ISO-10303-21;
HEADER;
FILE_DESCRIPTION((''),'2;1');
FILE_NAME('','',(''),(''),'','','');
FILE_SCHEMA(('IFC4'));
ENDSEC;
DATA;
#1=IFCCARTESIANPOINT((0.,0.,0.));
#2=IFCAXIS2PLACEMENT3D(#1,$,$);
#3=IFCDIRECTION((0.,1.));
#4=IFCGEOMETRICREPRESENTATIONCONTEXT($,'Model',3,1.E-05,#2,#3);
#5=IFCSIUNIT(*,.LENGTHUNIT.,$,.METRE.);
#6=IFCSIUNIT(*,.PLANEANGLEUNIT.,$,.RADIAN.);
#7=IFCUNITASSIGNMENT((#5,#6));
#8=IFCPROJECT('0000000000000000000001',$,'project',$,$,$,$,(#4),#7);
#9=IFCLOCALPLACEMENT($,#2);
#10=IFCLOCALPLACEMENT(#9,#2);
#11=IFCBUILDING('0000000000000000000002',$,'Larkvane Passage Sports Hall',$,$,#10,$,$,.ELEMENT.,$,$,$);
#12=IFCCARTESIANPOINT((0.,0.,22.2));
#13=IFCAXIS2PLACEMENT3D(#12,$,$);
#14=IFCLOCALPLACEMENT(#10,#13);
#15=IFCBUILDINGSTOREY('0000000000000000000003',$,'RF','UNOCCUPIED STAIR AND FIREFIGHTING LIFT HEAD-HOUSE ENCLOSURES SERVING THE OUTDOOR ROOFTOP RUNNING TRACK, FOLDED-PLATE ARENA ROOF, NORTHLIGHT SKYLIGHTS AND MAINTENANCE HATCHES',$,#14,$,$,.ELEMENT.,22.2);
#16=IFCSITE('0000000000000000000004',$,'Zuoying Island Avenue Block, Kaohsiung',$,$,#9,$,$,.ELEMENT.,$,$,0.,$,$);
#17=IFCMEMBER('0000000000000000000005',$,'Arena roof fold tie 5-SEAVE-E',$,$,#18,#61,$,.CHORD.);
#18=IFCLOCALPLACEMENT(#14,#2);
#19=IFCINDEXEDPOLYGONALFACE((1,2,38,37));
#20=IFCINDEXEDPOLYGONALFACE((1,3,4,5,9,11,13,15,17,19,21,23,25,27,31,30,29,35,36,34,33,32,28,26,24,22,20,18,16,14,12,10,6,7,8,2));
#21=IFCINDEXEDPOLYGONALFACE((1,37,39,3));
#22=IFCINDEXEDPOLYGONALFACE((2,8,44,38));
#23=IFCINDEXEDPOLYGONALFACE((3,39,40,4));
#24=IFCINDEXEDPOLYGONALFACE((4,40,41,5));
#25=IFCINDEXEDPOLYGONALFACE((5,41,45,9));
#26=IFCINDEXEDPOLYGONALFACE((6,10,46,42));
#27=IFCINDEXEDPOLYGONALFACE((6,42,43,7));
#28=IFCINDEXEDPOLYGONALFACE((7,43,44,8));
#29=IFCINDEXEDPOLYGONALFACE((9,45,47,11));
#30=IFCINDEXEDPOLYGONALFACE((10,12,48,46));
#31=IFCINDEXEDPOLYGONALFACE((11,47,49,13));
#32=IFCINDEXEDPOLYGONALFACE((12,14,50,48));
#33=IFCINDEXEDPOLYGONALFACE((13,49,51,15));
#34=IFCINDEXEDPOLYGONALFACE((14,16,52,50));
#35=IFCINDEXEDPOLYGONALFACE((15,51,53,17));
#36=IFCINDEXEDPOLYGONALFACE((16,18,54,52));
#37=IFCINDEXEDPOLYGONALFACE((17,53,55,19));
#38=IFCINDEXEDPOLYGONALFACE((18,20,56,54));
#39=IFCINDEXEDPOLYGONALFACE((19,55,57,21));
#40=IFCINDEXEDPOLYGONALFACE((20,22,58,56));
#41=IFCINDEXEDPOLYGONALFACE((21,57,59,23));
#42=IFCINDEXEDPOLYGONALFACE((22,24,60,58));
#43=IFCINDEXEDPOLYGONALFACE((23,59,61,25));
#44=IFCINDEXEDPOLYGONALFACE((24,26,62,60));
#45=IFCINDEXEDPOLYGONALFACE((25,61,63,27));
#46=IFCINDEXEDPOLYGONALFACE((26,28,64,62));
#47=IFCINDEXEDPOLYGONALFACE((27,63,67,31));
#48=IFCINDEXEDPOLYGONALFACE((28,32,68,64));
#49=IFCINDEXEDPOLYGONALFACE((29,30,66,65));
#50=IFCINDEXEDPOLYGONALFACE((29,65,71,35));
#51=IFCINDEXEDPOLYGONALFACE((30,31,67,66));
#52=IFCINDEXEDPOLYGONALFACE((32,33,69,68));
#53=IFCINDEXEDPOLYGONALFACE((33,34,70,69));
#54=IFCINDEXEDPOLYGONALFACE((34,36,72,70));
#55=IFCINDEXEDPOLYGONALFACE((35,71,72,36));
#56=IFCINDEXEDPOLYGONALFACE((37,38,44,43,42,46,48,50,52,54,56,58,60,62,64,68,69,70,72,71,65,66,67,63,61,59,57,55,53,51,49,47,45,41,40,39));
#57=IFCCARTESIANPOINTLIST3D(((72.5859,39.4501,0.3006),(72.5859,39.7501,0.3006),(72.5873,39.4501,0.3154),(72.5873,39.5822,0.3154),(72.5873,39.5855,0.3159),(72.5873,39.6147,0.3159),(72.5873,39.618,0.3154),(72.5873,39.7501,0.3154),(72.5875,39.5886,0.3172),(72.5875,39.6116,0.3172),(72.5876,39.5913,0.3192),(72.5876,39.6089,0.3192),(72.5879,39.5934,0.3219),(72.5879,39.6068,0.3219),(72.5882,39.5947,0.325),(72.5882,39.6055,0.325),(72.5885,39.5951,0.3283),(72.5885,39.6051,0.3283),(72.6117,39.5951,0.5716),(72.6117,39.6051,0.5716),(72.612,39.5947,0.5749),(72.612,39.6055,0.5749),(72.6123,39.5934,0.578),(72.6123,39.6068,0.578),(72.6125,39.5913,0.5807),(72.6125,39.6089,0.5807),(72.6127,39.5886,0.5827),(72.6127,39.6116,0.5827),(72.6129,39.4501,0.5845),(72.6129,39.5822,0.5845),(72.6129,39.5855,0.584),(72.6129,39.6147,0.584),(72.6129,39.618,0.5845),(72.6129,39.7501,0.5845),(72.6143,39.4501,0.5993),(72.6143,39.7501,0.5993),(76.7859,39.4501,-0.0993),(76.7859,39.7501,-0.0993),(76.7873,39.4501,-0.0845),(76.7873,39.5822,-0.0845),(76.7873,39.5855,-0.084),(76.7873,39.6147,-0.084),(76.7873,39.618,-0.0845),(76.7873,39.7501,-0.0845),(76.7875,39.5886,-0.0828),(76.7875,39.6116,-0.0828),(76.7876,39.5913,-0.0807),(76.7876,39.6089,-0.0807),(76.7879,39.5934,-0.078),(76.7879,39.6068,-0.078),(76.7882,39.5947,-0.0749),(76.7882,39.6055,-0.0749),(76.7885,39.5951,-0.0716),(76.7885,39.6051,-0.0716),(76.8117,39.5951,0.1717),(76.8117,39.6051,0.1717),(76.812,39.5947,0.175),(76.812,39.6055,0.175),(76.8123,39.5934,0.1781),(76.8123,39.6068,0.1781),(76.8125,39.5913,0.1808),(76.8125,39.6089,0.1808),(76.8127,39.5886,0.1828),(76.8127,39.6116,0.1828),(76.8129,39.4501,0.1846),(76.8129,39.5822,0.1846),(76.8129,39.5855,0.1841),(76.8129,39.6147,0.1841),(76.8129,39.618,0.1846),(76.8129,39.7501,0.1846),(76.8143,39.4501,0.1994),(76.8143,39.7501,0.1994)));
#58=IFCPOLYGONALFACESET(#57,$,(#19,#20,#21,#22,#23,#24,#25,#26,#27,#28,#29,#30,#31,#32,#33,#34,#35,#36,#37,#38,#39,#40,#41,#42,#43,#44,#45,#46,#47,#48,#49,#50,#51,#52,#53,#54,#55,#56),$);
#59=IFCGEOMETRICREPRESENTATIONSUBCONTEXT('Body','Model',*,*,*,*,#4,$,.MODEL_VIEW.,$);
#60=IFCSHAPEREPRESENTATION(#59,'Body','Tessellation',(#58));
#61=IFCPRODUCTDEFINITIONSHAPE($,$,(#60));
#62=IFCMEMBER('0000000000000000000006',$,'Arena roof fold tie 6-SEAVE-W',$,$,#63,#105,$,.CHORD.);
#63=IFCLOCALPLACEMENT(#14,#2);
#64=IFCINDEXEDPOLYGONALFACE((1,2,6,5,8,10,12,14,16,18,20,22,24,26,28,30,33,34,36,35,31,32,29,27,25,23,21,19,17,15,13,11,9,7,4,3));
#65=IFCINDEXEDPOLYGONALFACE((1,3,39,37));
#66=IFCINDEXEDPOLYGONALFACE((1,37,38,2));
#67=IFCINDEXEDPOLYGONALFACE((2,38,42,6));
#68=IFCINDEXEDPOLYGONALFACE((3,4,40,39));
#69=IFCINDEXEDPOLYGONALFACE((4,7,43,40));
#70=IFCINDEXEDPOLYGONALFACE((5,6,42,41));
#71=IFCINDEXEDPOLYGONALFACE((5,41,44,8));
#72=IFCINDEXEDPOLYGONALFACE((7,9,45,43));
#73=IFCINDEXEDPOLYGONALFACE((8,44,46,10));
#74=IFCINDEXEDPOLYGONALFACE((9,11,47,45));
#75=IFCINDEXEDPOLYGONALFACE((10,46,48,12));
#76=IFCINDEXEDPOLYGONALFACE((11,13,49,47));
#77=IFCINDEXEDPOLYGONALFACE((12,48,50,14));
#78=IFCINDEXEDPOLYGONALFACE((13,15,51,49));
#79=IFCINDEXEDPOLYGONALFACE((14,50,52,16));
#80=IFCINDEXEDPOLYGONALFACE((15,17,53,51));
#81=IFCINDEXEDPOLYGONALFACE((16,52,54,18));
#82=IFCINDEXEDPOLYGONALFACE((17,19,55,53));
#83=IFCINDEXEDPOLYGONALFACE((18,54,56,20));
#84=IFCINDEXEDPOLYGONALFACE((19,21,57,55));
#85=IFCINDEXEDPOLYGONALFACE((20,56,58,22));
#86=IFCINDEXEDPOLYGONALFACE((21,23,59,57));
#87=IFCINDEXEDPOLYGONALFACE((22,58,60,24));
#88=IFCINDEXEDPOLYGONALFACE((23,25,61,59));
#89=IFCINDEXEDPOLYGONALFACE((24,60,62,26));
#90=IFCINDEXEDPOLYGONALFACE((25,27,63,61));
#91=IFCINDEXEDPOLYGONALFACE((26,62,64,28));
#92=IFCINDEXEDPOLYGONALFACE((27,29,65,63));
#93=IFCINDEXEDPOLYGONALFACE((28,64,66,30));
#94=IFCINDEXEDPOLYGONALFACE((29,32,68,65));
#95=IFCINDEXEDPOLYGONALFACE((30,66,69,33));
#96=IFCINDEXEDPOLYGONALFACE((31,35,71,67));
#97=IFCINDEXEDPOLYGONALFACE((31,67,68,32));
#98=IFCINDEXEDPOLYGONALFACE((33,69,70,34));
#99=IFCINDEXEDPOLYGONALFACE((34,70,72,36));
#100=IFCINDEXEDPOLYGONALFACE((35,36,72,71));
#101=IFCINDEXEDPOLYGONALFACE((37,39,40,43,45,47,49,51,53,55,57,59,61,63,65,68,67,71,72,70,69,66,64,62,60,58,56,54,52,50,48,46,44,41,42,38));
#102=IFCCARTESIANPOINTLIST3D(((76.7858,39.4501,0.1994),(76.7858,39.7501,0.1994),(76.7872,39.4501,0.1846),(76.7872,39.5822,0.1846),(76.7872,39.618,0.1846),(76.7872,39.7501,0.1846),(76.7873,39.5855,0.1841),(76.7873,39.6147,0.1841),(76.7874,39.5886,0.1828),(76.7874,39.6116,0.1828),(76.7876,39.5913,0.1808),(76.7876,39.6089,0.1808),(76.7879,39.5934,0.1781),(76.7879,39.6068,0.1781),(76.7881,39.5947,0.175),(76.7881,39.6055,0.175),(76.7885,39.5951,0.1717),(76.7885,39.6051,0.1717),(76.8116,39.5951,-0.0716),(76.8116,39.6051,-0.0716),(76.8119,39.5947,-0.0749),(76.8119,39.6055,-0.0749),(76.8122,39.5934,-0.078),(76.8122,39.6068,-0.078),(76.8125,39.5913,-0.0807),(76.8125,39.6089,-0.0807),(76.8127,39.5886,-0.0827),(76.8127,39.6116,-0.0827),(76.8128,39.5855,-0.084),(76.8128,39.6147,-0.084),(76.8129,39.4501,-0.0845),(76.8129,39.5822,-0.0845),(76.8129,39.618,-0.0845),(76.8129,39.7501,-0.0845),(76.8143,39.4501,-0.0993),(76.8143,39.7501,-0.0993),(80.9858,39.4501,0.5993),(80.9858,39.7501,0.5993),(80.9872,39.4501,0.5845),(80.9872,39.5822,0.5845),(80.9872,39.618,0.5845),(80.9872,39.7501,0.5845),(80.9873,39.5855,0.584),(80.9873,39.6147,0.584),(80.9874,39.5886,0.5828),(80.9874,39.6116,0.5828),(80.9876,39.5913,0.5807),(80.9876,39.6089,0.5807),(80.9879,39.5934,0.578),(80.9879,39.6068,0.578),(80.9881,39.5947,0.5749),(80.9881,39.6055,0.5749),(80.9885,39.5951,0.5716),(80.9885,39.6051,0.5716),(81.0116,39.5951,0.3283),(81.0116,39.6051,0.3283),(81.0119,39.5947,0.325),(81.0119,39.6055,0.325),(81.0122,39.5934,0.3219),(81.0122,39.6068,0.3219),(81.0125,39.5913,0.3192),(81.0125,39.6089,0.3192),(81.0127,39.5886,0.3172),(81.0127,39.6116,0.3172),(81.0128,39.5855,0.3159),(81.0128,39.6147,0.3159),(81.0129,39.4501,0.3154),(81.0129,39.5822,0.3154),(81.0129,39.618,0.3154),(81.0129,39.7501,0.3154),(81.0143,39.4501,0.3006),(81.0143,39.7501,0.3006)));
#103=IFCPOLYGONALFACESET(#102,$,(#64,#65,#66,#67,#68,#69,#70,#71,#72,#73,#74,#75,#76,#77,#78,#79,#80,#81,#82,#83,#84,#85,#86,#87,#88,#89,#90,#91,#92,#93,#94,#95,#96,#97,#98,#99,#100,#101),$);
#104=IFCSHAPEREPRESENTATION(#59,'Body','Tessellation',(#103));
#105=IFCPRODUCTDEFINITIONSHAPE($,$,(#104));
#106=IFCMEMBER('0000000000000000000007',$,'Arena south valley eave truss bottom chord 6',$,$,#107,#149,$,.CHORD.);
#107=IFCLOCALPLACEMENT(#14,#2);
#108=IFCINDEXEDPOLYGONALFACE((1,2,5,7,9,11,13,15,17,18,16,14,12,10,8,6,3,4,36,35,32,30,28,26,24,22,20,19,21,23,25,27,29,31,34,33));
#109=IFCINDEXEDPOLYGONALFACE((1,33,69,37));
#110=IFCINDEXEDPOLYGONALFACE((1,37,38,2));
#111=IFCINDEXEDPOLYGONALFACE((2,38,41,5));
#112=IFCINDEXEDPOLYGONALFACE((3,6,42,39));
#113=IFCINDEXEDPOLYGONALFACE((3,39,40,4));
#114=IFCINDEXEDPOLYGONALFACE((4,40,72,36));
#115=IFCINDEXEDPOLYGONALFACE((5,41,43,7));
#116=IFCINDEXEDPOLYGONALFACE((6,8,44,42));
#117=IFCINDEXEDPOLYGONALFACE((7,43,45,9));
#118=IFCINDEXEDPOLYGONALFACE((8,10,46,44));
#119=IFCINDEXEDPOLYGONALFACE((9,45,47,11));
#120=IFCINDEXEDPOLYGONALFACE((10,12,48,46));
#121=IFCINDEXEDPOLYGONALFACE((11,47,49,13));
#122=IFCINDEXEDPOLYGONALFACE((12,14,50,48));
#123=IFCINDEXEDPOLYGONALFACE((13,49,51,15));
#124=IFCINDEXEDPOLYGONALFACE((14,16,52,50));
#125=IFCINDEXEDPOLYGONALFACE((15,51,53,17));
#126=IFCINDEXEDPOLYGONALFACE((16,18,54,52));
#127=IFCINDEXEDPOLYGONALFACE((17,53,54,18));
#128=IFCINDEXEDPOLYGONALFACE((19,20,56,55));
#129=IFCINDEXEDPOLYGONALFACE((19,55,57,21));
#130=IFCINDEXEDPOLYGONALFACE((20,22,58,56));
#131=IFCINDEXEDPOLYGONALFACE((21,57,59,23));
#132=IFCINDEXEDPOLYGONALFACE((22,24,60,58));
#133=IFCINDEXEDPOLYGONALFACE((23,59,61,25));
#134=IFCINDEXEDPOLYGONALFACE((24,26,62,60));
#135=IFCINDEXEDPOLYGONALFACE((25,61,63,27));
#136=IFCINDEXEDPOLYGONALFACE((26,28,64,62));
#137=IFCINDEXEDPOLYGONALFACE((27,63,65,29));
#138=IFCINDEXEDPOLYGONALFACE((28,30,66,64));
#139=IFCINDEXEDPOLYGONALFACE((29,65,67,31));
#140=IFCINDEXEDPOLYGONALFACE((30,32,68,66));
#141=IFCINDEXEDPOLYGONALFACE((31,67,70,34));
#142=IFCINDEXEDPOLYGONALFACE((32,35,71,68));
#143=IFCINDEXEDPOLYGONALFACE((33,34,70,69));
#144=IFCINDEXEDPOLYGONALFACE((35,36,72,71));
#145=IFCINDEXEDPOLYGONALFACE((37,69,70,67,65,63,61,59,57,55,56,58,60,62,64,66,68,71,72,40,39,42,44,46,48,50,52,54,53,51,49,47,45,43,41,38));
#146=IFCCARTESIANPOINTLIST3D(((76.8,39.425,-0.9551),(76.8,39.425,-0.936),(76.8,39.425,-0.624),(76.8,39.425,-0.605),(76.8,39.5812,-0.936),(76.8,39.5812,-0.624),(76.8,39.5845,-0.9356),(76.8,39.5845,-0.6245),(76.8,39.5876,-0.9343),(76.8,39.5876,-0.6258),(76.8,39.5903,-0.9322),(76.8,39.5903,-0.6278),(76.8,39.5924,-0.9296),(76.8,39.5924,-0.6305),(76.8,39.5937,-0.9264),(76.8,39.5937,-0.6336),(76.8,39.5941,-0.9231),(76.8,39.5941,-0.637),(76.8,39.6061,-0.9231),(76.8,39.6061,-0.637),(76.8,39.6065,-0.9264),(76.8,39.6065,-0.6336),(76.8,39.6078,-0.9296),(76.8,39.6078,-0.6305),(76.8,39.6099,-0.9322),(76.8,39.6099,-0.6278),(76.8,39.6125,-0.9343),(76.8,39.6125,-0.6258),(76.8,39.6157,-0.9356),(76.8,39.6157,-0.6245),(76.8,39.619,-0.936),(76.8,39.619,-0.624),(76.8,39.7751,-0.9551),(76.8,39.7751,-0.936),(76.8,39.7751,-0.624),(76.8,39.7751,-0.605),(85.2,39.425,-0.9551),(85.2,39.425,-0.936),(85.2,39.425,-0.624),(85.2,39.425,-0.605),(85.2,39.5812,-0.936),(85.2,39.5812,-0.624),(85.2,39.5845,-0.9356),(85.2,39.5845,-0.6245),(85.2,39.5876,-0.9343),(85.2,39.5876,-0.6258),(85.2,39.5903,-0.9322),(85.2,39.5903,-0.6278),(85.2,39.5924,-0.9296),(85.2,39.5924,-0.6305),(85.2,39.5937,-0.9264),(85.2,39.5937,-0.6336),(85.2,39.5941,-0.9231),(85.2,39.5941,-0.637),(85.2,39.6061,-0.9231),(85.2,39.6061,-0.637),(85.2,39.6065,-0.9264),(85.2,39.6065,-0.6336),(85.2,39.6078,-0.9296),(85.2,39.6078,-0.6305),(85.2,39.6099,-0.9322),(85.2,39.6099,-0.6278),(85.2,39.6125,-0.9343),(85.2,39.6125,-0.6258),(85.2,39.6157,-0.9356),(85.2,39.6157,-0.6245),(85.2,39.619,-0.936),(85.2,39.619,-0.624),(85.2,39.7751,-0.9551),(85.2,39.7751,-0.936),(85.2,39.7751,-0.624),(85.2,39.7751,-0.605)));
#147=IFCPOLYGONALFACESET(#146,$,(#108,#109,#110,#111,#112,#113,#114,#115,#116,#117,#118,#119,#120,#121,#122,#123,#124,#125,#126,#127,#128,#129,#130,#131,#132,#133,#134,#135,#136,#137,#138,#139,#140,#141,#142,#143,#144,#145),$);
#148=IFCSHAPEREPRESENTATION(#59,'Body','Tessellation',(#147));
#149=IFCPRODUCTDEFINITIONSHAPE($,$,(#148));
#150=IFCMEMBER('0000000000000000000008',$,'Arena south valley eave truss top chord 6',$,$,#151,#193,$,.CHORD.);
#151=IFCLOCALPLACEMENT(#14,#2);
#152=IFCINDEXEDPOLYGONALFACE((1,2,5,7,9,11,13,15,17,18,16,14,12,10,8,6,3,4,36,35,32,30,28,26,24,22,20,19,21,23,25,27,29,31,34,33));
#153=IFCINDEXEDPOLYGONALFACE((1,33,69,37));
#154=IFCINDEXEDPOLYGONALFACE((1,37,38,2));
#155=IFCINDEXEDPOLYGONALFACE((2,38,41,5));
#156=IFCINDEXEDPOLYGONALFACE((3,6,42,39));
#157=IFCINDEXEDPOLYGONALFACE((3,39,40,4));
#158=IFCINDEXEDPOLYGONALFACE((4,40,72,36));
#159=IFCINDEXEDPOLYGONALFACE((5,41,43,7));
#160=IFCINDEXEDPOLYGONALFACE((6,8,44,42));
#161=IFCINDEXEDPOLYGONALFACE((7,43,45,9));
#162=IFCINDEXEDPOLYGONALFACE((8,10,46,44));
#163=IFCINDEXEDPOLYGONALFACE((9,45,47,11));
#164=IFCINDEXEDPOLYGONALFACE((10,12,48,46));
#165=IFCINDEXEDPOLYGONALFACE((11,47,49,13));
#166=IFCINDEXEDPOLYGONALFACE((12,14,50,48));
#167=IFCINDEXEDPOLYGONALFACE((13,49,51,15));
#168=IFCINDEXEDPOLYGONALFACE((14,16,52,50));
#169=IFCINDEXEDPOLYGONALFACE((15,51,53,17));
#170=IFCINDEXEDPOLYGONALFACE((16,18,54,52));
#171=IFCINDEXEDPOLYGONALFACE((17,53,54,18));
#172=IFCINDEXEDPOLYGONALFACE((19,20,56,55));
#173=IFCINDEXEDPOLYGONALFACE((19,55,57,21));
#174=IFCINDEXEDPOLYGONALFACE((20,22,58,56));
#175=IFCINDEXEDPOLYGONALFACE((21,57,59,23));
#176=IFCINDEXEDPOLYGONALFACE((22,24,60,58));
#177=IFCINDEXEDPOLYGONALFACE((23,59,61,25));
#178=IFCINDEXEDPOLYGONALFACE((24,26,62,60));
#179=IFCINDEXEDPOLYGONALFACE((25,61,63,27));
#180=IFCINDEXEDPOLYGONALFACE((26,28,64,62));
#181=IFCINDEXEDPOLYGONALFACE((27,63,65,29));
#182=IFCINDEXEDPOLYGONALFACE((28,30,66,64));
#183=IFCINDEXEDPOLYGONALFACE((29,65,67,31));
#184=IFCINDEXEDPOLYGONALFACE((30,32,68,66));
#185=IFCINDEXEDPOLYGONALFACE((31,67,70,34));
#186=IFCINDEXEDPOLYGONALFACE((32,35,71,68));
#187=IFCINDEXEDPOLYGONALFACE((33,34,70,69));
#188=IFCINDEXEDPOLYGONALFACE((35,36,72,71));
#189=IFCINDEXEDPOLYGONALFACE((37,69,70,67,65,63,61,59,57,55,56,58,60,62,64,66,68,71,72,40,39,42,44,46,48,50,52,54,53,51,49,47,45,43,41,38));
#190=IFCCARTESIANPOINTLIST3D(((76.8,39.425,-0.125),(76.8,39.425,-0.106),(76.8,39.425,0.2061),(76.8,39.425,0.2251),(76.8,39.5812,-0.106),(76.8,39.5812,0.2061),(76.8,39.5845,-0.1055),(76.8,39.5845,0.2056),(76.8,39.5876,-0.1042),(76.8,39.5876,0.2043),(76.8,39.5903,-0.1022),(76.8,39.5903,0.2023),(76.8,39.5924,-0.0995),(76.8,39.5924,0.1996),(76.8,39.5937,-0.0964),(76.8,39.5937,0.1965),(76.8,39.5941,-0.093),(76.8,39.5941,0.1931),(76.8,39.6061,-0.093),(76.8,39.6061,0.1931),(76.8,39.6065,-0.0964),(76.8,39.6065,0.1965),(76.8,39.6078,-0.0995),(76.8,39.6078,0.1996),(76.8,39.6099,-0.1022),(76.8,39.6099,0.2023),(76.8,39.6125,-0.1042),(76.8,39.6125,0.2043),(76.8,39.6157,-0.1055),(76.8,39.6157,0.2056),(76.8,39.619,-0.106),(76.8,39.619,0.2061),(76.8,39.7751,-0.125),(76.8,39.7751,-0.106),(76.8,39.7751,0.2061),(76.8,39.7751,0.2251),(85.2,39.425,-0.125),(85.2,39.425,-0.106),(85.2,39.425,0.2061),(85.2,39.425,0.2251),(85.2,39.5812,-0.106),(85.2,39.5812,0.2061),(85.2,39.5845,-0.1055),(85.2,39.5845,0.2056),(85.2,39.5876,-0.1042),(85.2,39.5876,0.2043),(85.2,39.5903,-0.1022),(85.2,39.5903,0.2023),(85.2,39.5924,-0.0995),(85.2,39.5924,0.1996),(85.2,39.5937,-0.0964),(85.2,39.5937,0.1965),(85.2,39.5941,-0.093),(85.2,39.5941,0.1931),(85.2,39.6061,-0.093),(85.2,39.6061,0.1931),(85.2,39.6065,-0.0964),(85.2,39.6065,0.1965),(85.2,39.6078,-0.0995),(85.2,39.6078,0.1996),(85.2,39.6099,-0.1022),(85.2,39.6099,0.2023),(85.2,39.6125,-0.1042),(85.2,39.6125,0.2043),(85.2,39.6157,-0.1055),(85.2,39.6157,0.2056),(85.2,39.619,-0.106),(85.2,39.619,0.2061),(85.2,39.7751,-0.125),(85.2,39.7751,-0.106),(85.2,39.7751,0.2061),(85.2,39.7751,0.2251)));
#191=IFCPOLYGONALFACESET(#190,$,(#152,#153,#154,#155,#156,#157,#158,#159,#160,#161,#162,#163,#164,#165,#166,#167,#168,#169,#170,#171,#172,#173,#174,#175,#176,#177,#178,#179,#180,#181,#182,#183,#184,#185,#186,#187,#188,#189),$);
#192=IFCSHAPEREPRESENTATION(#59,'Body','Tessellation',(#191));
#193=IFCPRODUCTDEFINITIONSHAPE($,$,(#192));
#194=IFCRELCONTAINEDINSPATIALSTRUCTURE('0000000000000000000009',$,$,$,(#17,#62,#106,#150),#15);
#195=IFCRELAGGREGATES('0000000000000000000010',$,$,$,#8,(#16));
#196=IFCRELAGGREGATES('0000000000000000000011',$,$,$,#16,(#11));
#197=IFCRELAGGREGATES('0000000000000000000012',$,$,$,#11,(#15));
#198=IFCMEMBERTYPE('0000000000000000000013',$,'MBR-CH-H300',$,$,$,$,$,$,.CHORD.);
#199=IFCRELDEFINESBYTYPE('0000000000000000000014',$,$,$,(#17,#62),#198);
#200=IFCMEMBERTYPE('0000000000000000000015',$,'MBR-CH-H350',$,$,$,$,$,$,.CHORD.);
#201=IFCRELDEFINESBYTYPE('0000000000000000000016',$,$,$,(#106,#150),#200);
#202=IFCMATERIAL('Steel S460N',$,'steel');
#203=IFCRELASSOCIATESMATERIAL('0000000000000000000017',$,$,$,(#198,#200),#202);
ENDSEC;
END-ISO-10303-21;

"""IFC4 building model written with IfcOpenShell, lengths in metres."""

from ifc_helpers import new_model, si_unit, direction, frame, origin, origin_2d, place, context, subcontext, project, spatial, i_section, extrude, material, material_profile, profile_set, type_object, element, save


model = new_model("IFC4")

# Units and contexts
model_context = context("Model", 3, precision=1e-05, world=origin(), true_north=direction((0.0, 1.0)))
body_context = subcontext(model_context, "Body", "Model", "MODEL_VIEW")
ifc_project = project(units=[si_unit("LENGTHUNIT", "METRE"), si_unit("PLANEANGLEUNIT", "RADIAN")], contexts=[model_context])

# Site, building, storey
site_placement = place(None, origin())
site = spatial("IfcSite", under=ifc_project, at=site_placement, Name="Zuoying Island Avenue Block, Kaohsiung", CompositionType="ELEMENT", RefElevation=0.0)
building_placement = place(site_placement, origin())
building = spatial("IfcBuilding", under=site, at=building_placement, Name="Larkvane Passage Sports Hall", CompositionType="ELEMENT")
storey_placement = place(building_placement, frame((0.0, 0.0, 22.2)))
storey = spatial("IfcBuildingStorey", under=building, at=storey_placement, Name="RF", Description="UNOCCUPIED STAIR AND FIREFIGHTING LIFT HEAD-HOUSE ENCLOSURES SERVING THE OUTDOOR ROOFTOP RUNNING TRACK, FOLDED-PLATE ARENA ROOF, NORTHLIGHT SKYLIGHTS AND MAINTENANCE HATCHES", CompositionType="ELEMENT", Elevation=22.2)

# Shared definitions
ifc_material_1 = material(Name="Steel S460N", Category="steel")

# Members
ifc_material_profile_1 = material_profile(ifc_material_1, i_section(OverallWidth=0.3, OverallDepth=0.3, WebThickness=0.01, FlangeThickness=0.0149, FilletRadius=0.0129, at=origin_2d()), Name="H-300x300x10x15")
ifc_profile_set_1 = profile_set([ifc_material_profile_1], Name="Steel S460N")
member_type_1 = type_object("IfcMemberType", Name="MBR-CH-H300", PredefinedType="CHORD", material=ifc_profile_set_1)
for number, where, z_axis, x_axis, name in (
    (1, (72.6001, 39.6001, 0.45), (0.995498, 0.0, -0.094787), (0.0, 1.0, 0.0), "Arena roof fold tie 5-SEAVE-E"),
    (2, (76.8, 39.6001, 0.05), (0.995498, 0.0, 0.094787), (0.0, 1.0, 0.0), "Arena roof fold tie 6-SEAVE-W"),
):
    element("IfcMember", number, at=place(storey_placement, frame(where, z_axis=z_axis, x_axis=x_axis)), inside=storey, type_object=member_type_1, Name=name, PredefinedType="CHORD", context=body_context, shape_type="SweptSolid", body=[
        extrude(i_section(OverallWidth=0.3, OverallDepth=0.3, WebThickness=0.01, FlangeThickness=0.0149, FilletRadius=0.0129, at=origin_2d()), origin(), (0.0, 0.0, 1.0), 4.219),
    ])
ifc_material_profile_2 = material_profile(ifc_material_1, i_section(OverallWidth=0.3501, OverallDepth=0.3501, WebThickness=0.012, FlangeThickness=0.019, FilletRadius=0.0129, at=origin_2d()), Name="H-350x350x12x19")
ifc_profile_set_2 = profile_set([ifc_material_profile_2], Name="Steel S460N")
member_type_2 = type_object("IfcMemberType", Name="MBR-CH-H350", PredefinedType="CHORD", material=ifc_profile_set_2)
for number, where, z_axis, x_axis, name in (
    (3, (76.8, 39.6001, -0.78), (1.0, 0.0, 0.0), (0.0, 1.0, 0.0), "Arena south valley eave truss bottom chord 6"),
    (4, (76.8, 39.6001, 0.05), (1.0, 0.0, 0.0), (0.0, 1.0, 0.0), "Arena south valley eave truss top chord 6"),
):
    element("IfcMember", number, at=place(storey_placement, frame(where, z_axis=z_axis, x_axis=x_axis)), inside=storey, type_object=member_type_2, Name=name, PredefinedType="CHORD", context=body_context, shape_type="SweptSolid", body=[
        extrude(i_section(OverallWidth=0.3501, OverallDepth=0.3501, WebThickness=0.012, FlangeThickness=0.019, FilletRadius=0.0129, at=origin_2d()), origin(), (0.0, 0.0, 1.0), 8.3999),
    ])

save(model, "model.ifc")
